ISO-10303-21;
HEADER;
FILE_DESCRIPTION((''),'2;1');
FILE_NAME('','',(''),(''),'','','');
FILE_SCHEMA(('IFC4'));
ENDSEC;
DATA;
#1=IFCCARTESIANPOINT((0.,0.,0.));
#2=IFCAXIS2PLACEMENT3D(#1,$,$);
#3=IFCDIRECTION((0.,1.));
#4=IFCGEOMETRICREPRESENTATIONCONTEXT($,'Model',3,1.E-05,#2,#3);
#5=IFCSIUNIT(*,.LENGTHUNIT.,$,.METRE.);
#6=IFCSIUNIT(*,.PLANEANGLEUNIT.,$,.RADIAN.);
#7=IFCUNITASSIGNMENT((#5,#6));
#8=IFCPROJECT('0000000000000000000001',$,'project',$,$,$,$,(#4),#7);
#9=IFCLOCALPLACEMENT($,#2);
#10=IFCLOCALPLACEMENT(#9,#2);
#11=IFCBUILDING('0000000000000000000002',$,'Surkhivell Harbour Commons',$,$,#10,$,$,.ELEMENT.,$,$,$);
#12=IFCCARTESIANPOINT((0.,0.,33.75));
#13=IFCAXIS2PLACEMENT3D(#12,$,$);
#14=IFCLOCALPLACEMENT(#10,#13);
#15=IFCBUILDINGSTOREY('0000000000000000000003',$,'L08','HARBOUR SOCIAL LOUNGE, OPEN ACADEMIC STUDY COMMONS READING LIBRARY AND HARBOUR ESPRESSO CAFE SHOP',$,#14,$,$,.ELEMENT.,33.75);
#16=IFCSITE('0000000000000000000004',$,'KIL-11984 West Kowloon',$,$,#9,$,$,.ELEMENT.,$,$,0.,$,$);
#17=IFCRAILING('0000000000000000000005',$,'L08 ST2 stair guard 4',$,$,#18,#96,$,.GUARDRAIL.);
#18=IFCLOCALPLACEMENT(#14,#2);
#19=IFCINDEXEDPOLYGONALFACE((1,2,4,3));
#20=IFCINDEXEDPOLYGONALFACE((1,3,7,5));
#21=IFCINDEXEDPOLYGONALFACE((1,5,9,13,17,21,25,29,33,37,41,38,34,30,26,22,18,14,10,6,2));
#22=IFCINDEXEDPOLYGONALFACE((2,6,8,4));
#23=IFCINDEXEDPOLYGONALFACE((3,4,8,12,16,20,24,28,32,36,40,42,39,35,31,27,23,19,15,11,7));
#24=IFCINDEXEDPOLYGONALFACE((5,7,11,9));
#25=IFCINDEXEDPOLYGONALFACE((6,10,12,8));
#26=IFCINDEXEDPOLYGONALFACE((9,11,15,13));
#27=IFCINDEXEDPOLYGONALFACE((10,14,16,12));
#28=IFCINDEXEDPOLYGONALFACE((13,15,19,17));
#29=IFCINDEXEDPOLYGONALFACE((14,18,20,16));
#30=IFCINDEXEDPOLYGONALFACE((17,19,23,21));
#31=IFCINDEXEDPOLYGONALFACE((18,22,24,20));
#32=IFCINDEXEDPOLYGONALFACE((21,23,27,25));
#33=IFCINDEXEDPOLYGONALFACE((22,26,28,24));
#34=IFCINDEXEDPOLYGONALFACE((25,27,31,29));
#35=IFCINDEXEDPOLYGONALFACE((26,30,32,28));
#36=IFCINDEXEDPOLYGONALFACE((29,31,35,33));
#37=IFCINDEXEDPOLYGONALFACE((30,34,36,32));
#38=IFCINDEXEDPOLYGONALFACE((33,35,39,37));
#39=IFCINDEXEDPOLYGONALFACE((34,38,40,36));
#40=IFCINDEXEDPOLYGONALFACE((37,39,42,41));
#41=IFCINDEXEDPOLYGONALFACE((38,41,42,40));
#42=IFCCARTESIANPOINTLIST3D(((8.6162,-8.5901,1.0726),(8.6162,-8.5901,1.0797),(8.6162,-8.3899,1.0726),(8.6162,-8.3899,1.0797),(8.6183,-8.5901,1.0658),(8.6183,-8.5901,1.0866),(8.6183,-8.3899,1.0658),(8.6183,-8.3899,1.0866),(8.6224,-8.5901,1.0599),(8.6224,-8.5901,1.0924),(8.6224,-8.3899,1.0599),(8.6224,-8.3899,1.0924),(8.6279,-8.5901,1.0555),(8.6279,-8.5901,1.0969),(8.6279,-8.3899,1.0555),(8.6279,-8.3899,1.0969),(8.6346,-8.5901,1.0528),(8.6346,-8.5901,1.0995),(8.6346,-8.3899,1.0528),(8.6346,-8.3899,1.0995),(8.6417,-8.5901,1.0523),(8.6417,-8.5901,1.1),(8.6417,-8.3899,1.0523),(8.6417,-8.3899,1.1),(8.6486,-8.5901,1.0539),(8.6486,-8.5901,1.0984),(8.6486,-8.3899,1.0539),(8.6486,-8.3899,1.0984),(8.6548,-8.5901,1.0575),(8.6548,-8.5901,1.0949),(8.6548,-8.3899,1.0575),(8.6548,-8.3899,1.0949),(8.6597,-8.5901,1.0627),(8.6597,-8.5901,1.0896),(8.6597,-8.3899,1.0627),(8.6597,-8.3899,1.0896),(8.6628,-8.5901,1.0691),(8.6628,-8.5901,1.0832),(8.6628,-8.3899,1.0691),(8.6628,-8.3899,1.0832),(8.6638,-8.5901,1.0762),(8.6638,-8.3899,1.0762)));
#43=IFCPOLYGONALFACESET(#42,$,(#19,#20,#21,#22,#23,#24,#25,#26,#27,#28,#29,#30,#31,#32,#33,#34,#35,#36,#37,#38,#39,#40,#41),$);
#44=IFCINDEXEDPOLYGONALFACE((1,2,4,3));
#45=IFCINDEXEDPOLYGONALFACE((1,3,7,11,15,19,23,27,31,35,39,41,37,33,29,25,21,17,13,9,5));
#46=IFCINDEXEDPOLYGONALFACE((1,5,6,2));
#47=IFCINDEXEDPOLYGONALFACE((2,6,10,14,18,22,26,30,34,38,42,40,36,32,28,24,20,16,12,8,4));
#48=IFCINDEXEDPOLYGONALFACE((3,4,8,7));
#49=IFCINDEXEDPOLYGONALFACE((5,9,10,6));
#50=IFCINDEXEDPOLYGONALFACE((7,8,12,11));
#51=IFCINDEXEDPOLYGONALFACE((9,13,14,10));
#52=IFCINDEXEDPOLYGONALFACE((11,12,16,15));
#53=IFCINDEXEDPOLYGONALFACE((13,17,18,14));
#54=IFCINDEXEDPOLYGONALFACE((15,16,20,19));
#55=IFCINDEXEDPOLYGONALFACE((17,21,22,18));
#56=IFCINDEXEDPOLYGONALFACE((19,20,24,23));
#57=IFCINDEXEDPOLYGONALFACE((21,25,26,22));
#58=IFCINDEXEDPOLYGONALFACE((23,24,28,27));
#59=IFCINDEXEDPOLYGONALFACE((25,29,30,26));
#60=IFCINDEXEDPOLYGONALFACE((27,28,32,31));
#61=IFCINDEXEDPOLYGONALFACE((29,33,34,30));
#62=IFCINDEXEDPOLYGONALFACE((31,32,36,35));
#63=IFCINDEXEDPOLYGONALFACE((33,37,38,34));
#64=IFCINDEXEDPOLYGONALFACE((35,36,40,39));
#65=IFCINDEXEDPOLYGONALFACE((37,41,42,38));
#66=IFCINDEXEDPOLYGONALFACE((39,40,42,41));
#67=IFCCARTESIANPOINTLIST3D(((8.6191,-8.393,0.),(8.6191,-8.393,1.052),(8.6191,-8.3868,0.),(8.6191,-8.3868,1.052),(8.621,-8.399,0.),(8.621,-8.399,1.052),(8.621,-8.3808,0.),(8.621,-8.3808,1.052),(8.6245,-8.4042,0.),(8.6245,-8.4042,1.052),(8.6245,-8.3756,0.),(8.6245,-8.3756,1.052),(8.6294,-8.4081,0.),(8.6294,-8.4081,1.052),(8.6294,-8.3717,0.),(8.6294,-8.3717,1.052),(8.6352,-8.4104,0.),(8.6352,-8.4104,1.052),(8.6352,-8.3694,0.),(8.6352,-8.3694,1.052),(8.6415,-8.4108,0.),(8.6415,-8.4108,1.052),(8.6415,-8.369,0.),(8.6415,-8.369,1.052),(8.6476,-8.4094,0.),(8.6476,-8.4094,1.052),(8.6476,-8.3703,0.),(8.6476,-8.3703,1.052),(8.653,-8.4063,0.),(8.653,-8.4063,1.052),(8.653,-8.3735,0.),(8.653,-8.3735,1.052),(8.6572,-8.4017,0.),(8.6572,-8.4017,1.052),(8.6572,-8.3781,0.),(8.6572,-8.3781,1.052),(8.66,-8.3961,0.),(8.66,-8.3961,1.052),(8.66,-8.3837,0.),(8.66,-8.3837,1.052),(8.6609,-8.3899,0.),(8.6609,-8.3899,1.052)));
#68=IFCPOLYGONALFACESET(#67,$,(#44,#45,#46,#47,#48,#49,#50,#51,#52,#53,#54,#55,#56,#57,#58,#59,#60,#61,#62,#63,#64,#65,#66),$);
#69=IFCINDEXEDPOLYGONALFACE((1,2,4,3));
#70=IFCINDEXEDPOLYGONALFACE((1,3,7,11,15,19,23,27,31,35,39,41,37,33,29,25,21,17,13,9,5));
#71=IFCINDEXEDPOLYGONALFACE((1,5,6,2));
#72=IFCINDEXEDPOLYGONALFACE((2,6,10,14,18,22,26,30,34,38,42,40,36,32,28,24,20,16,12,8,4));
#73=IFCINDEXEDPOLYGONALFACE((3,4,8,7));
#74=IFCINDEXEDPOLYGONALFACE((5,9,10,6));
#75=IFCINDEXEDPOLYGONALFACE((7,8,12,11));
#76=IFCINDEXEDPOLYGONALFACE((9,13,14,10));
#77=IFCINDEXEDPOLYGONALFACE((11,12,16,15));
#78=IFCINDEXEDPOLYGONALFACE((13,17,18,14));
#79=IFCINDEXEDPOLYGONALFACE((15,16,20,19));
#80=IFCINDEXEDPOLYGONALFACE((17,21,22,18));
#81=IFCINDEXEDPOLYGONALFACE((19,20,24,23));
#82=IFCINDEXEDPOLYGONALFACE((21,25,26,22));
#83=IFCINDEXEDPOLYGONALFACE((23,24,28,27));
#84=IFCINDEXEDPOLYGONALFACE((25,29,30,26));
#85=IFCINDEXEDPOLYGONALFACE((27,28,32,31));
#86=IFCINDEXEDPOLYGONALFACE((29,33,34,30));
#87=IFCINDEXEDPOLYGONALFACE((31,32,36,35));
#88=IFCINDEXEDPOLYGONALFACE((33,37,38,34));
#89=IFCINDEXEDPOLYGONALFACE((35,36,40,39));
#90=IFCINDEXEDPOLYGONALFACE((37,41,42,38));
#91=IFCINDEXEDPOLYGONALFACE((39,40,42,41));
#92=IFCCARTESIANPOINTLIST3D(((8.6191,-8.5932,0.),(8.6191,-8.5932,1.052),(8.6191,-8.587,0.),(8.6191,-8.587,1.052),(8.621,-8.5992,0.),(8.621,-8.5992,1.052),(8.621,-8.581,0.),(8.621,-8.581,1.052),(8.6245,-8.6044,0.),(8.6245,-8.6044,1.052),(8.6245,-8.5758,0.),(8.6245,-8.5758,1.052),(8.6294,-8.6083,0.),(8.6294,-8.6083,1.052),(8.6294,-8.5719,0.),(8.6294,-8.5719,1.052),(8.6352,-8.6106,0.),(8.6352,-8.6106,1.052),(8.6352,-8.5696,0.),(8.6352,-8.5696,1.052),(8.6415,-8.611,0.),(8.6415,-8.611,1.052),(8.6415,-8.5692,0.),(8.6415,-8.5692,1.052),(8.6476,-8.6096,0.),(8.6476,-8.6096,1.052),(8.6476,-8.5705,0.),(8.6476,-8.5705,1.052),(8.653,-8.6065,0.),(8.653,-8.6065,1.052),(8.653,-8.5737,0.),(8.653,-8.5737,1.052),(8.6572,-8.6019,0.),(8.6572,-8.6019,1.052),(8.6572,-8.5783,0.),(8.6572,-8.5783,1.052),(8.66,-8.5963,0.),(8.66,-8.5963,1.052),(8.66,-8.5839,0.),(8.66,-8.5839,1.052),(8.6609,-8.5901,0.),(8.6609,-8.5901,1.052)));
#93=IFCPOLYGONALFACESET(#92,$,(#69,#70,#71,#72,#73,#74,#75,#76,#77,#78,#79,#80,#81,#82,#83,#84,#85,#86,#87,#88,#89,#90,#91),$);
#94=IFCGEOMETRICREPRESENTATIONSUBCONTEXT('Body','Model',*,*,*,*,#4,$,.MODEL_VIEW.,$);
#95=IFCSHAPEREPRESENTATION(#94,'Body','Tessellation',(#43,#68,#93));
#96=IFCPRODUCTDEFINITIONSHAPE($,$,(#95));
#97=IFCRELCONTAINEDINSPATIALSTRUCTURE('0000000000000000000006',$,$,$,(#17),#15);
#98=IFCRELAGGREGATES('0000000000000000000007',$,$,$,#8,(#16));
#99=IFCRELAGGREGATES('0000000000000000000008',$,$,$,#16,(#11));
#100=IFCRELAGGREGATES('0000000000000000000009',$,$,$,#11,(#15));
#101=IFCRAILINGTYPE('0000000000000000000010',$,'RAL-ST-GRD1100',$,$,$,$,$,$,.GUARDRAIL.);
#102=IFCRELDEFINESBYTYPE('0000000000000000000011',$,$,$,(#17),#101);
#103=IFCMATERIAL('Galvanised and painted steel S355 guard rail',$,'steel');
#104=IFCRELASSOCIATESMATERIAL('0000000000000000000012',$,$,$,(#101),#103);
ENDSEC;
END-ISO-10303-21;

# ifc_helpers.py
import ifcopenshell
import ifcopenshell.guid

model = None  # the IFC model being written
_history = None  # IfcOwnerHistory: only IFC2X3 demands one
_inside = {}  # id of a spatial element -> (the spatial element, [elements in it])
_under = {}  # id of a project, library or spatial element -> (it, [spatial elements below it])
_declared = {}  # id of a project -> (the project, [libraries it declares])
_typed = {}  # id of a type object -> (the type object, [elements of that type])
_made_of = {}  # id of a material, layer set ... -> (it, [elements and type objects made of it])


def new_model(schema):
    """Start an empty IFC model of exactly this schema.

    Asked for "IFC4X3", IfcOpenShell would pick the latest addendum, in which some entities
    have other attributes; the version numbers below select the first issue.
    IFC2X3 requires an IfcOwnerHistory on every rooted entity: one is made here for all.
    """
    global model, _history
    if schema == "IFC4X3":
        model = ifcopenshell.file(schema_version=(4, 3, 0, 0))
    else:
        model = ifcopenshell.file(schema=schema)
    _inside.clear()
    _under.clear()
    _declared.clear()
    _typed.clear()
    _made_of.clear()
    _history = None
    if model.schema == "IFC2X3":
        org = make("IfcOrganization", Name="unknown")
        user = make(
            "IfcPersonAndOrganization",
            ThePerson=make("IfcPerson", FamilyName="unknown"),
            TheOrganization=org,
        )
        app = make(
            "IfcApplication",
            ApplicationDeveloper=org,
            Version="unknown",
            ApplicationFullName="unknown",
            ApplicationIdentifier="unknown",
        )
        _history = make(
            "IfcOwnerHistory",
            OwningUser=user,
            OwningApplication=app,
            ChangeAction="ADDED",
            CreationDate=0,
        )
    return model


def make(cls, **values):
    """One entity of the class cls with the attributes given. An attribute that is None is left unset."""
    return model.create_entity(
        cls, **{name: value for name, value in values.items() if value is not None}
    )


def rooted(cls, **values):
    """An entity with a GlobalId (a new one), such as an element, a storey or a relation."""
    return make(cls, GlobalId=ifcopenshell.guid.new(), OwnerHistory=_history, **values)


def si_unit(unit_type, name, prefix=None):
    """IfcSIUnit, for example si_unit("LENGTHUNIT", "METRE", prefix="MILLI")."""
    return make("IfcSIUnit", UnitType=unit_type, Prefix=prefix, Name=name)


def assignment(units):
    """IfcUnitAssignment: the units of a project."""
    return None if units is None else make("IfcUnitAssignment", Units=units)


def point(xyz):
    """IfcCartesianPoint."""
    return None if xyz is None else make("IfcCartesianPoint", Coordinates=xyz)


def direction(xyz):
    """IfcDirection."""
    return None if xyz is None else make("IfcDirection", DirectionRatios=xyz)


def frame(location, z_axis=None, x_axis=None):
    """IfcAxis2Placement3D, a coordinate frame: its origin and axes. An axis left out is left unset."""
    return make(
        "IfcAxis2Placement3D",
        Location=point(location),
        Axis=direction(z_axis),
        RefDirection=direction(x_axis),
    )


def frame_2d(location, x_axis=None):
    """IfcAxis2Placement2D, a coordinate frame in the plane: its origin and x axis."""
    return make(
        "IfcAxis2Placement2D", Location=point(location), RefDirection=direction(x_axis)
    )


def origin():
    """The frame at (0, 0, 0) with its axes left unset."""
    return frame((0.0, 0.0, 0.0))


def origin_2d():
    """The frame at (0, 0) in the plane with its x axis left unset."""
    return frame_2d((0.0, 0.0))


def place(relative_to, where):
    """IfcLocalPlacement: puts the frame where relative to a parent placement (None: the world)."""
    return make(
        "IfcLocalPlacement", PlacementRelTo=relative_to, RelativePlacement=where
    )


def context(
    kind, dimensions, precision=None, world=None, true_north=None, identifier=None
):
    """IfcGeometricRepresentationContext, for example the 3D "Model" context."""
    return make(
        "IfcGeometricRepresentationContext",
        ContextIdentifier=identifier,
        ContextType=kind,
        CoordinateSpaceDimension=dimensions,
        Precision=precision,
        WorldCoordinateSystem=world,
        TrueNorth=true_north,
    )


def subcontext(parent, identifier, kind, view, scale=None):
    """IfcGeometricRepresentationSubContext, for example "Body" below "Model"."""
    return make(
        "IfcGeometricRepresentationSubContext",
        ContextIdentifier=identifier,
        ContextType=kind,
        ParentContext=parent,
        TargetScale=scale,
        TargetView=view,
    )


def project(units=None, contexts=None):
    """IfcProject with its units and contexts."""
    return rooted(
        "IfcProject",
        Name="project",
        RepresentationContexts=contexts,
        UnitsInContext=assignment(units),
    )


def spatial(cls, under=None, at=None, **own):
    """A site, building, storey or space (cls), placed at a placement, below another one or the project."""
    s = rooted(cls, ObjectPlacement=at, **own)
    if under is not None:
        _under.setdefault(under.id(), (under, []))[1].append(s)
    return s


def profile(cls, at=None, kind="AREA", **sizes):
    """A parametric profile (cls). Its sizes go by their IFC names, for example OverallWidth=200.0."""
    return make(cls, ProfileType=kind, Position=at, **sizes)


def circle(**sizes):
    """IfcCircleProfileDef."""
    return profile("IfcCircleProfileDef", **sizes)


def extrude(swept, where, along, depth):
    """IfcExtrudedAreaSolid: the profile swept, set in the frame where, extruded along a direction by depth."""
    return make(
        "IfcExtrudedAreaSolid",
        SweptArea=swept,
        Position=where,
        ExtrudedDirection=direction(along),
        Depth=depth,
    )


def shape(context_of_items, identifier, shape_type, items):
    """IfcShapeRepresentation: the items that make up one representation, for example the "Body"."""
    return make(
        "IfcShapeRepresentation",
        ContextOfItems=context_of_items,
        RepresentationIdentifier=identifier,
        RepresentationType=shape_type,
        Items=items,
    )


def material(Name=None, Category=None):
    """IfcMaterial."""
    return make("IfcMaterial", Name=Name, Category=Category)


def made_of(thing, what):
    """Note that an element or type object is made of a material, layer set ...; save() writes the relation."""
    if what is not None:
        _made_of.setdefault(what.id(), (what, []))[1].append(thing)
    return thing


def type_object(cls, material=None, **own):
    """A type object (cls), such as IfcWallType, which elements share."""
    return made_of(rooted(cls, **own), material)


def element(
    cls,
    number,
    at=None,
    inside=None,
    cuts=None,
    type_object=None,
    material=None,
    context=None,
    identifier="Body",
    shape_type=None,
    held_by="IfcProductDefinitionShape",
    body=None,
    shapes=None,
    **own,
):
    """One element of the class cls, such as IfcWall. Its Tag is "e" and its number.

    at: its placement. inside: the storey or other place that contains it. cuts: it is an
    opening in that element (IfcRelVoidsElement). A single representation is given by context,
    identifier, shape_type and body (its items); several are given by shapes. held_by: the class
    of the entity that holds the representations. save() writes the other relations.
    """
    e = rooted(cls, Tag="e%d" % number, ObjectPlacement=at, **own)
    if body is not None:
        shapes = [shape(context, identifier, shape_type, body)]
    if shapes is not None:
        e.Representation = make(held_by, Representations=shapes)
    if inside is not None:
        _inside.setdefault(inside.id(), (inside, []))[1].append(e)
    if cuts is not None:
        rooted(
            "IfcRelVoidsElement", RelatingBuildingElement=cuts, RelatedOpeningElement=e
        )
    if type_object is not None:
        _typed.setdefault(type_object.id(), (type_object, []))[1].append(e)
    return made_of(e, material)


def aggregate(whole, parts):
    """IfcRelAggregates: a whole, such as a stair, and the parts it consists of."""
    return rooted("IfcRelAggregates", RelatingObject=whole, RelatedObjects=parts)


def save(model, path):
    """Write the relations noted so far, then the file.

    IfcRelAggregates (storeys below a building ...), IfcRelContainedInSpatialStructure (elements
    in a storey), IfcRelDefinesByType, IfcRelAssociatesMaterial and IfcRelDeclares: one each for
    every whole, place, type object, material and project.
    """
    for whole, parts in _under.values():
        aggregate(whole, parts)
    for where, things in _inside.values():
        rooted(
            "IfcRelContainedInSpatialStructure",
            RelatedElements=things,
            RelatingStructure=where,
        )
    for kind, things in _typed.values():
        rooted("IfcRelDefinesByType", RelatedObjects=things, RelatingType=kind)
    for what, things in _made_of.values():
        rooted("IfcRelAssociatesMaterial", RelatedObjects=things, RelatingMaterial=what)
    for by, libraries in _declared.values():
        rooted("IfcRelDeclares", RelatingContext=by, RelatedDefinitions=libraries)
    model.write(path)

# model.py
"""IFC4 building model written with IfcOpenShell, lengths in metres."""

from ifc_helpers import new_model, si_unit, direction, frame, origin, origin_2d, place, context, subcontext, project, spatial, circle, extrude, material, type_object, element, save


model = new_model("IFC4")

# Units and contexts
model_context = context("Model", 3, precision=1e-05, world=origin(), true_north=direction((0.0, 1.0)))
body_context = subcontext(model_context, "Body", "Model", "MODEL_VIEW")
ifc_project = project(units=[si_unit("LENGTHUNIT", "METRE"), si_unit("PLANEANGLEUNIT", "RADIAN")], contexts=[model_context])

# Site, building, storey
site_placement = place(None, origin())
site = spatial("IfcSite", under=ifc_project, at=site_placement, Name="KIL-11984 West Kowloon", CompositionType="ELEMENT", RefElevation=0.0)
building_placement = place(site_placement, origin())
building = spatial("IfcBuilding", under=site, at=building_placement, Name="Surkhivell Harbour Commons", CompositionType="ELEMENT")
storey_placement = place(building_placement, frame((0.0, 0.0, 33.75)))
storey = spatial("IfcBuildingStorey", under=building, at=storey_placement, Name="L08", Description="HARBOUR SOCIAL LOUNGE, OPEN ACADEMIC STUDY COMMONS READING LIBRARY AND HARBOUR ESPRESSO CAFE SHOP", CompositionType="ELEMENT", Elevation=33.75)

# Railing
ifc_material_1 = material(Name="Galvanised and painted steel S355 guard rail", Category="steel")
railing_type_1 = type_object("IfcRailingType", Name="RAL-ST-GRD1100", PredefinedType="GUARDRAIL", material=ifc_material_1)
railing_1_placement = place(storey_placement, frame((8.6399, -8.3899, 0.0)))
element("IfcRailing", 1, at=railing_1_placement, inside=storey, type_object=railing_type_1, Name="L08 ST2 stair guard 4", PredefinedType="GUARDRAIL", context=body_context, shape_type="SweptSolid", body=[
    extrude(circle(Radius=0.0239, at=origin_2d()), frame((0.0, 0.0, 1.0762), z_axis=(0.0, -1.0, 0.0), x_axis=(1.0, 0.0, 0.0)), (0.0, 0.0, 1.0), 0.2002),
    extrude(circle(Radius=0.021, at=origin_2d()), origin(), (0.0, 0.0, 1.0), 1.052),
    extrude(circle(Radius=0.021, at=origin_2d()), frame((0.0, -0.2002, 0.0)), (0.0, 0.0, 1.0), 1.052),
])

save(model, "model.ifc")
